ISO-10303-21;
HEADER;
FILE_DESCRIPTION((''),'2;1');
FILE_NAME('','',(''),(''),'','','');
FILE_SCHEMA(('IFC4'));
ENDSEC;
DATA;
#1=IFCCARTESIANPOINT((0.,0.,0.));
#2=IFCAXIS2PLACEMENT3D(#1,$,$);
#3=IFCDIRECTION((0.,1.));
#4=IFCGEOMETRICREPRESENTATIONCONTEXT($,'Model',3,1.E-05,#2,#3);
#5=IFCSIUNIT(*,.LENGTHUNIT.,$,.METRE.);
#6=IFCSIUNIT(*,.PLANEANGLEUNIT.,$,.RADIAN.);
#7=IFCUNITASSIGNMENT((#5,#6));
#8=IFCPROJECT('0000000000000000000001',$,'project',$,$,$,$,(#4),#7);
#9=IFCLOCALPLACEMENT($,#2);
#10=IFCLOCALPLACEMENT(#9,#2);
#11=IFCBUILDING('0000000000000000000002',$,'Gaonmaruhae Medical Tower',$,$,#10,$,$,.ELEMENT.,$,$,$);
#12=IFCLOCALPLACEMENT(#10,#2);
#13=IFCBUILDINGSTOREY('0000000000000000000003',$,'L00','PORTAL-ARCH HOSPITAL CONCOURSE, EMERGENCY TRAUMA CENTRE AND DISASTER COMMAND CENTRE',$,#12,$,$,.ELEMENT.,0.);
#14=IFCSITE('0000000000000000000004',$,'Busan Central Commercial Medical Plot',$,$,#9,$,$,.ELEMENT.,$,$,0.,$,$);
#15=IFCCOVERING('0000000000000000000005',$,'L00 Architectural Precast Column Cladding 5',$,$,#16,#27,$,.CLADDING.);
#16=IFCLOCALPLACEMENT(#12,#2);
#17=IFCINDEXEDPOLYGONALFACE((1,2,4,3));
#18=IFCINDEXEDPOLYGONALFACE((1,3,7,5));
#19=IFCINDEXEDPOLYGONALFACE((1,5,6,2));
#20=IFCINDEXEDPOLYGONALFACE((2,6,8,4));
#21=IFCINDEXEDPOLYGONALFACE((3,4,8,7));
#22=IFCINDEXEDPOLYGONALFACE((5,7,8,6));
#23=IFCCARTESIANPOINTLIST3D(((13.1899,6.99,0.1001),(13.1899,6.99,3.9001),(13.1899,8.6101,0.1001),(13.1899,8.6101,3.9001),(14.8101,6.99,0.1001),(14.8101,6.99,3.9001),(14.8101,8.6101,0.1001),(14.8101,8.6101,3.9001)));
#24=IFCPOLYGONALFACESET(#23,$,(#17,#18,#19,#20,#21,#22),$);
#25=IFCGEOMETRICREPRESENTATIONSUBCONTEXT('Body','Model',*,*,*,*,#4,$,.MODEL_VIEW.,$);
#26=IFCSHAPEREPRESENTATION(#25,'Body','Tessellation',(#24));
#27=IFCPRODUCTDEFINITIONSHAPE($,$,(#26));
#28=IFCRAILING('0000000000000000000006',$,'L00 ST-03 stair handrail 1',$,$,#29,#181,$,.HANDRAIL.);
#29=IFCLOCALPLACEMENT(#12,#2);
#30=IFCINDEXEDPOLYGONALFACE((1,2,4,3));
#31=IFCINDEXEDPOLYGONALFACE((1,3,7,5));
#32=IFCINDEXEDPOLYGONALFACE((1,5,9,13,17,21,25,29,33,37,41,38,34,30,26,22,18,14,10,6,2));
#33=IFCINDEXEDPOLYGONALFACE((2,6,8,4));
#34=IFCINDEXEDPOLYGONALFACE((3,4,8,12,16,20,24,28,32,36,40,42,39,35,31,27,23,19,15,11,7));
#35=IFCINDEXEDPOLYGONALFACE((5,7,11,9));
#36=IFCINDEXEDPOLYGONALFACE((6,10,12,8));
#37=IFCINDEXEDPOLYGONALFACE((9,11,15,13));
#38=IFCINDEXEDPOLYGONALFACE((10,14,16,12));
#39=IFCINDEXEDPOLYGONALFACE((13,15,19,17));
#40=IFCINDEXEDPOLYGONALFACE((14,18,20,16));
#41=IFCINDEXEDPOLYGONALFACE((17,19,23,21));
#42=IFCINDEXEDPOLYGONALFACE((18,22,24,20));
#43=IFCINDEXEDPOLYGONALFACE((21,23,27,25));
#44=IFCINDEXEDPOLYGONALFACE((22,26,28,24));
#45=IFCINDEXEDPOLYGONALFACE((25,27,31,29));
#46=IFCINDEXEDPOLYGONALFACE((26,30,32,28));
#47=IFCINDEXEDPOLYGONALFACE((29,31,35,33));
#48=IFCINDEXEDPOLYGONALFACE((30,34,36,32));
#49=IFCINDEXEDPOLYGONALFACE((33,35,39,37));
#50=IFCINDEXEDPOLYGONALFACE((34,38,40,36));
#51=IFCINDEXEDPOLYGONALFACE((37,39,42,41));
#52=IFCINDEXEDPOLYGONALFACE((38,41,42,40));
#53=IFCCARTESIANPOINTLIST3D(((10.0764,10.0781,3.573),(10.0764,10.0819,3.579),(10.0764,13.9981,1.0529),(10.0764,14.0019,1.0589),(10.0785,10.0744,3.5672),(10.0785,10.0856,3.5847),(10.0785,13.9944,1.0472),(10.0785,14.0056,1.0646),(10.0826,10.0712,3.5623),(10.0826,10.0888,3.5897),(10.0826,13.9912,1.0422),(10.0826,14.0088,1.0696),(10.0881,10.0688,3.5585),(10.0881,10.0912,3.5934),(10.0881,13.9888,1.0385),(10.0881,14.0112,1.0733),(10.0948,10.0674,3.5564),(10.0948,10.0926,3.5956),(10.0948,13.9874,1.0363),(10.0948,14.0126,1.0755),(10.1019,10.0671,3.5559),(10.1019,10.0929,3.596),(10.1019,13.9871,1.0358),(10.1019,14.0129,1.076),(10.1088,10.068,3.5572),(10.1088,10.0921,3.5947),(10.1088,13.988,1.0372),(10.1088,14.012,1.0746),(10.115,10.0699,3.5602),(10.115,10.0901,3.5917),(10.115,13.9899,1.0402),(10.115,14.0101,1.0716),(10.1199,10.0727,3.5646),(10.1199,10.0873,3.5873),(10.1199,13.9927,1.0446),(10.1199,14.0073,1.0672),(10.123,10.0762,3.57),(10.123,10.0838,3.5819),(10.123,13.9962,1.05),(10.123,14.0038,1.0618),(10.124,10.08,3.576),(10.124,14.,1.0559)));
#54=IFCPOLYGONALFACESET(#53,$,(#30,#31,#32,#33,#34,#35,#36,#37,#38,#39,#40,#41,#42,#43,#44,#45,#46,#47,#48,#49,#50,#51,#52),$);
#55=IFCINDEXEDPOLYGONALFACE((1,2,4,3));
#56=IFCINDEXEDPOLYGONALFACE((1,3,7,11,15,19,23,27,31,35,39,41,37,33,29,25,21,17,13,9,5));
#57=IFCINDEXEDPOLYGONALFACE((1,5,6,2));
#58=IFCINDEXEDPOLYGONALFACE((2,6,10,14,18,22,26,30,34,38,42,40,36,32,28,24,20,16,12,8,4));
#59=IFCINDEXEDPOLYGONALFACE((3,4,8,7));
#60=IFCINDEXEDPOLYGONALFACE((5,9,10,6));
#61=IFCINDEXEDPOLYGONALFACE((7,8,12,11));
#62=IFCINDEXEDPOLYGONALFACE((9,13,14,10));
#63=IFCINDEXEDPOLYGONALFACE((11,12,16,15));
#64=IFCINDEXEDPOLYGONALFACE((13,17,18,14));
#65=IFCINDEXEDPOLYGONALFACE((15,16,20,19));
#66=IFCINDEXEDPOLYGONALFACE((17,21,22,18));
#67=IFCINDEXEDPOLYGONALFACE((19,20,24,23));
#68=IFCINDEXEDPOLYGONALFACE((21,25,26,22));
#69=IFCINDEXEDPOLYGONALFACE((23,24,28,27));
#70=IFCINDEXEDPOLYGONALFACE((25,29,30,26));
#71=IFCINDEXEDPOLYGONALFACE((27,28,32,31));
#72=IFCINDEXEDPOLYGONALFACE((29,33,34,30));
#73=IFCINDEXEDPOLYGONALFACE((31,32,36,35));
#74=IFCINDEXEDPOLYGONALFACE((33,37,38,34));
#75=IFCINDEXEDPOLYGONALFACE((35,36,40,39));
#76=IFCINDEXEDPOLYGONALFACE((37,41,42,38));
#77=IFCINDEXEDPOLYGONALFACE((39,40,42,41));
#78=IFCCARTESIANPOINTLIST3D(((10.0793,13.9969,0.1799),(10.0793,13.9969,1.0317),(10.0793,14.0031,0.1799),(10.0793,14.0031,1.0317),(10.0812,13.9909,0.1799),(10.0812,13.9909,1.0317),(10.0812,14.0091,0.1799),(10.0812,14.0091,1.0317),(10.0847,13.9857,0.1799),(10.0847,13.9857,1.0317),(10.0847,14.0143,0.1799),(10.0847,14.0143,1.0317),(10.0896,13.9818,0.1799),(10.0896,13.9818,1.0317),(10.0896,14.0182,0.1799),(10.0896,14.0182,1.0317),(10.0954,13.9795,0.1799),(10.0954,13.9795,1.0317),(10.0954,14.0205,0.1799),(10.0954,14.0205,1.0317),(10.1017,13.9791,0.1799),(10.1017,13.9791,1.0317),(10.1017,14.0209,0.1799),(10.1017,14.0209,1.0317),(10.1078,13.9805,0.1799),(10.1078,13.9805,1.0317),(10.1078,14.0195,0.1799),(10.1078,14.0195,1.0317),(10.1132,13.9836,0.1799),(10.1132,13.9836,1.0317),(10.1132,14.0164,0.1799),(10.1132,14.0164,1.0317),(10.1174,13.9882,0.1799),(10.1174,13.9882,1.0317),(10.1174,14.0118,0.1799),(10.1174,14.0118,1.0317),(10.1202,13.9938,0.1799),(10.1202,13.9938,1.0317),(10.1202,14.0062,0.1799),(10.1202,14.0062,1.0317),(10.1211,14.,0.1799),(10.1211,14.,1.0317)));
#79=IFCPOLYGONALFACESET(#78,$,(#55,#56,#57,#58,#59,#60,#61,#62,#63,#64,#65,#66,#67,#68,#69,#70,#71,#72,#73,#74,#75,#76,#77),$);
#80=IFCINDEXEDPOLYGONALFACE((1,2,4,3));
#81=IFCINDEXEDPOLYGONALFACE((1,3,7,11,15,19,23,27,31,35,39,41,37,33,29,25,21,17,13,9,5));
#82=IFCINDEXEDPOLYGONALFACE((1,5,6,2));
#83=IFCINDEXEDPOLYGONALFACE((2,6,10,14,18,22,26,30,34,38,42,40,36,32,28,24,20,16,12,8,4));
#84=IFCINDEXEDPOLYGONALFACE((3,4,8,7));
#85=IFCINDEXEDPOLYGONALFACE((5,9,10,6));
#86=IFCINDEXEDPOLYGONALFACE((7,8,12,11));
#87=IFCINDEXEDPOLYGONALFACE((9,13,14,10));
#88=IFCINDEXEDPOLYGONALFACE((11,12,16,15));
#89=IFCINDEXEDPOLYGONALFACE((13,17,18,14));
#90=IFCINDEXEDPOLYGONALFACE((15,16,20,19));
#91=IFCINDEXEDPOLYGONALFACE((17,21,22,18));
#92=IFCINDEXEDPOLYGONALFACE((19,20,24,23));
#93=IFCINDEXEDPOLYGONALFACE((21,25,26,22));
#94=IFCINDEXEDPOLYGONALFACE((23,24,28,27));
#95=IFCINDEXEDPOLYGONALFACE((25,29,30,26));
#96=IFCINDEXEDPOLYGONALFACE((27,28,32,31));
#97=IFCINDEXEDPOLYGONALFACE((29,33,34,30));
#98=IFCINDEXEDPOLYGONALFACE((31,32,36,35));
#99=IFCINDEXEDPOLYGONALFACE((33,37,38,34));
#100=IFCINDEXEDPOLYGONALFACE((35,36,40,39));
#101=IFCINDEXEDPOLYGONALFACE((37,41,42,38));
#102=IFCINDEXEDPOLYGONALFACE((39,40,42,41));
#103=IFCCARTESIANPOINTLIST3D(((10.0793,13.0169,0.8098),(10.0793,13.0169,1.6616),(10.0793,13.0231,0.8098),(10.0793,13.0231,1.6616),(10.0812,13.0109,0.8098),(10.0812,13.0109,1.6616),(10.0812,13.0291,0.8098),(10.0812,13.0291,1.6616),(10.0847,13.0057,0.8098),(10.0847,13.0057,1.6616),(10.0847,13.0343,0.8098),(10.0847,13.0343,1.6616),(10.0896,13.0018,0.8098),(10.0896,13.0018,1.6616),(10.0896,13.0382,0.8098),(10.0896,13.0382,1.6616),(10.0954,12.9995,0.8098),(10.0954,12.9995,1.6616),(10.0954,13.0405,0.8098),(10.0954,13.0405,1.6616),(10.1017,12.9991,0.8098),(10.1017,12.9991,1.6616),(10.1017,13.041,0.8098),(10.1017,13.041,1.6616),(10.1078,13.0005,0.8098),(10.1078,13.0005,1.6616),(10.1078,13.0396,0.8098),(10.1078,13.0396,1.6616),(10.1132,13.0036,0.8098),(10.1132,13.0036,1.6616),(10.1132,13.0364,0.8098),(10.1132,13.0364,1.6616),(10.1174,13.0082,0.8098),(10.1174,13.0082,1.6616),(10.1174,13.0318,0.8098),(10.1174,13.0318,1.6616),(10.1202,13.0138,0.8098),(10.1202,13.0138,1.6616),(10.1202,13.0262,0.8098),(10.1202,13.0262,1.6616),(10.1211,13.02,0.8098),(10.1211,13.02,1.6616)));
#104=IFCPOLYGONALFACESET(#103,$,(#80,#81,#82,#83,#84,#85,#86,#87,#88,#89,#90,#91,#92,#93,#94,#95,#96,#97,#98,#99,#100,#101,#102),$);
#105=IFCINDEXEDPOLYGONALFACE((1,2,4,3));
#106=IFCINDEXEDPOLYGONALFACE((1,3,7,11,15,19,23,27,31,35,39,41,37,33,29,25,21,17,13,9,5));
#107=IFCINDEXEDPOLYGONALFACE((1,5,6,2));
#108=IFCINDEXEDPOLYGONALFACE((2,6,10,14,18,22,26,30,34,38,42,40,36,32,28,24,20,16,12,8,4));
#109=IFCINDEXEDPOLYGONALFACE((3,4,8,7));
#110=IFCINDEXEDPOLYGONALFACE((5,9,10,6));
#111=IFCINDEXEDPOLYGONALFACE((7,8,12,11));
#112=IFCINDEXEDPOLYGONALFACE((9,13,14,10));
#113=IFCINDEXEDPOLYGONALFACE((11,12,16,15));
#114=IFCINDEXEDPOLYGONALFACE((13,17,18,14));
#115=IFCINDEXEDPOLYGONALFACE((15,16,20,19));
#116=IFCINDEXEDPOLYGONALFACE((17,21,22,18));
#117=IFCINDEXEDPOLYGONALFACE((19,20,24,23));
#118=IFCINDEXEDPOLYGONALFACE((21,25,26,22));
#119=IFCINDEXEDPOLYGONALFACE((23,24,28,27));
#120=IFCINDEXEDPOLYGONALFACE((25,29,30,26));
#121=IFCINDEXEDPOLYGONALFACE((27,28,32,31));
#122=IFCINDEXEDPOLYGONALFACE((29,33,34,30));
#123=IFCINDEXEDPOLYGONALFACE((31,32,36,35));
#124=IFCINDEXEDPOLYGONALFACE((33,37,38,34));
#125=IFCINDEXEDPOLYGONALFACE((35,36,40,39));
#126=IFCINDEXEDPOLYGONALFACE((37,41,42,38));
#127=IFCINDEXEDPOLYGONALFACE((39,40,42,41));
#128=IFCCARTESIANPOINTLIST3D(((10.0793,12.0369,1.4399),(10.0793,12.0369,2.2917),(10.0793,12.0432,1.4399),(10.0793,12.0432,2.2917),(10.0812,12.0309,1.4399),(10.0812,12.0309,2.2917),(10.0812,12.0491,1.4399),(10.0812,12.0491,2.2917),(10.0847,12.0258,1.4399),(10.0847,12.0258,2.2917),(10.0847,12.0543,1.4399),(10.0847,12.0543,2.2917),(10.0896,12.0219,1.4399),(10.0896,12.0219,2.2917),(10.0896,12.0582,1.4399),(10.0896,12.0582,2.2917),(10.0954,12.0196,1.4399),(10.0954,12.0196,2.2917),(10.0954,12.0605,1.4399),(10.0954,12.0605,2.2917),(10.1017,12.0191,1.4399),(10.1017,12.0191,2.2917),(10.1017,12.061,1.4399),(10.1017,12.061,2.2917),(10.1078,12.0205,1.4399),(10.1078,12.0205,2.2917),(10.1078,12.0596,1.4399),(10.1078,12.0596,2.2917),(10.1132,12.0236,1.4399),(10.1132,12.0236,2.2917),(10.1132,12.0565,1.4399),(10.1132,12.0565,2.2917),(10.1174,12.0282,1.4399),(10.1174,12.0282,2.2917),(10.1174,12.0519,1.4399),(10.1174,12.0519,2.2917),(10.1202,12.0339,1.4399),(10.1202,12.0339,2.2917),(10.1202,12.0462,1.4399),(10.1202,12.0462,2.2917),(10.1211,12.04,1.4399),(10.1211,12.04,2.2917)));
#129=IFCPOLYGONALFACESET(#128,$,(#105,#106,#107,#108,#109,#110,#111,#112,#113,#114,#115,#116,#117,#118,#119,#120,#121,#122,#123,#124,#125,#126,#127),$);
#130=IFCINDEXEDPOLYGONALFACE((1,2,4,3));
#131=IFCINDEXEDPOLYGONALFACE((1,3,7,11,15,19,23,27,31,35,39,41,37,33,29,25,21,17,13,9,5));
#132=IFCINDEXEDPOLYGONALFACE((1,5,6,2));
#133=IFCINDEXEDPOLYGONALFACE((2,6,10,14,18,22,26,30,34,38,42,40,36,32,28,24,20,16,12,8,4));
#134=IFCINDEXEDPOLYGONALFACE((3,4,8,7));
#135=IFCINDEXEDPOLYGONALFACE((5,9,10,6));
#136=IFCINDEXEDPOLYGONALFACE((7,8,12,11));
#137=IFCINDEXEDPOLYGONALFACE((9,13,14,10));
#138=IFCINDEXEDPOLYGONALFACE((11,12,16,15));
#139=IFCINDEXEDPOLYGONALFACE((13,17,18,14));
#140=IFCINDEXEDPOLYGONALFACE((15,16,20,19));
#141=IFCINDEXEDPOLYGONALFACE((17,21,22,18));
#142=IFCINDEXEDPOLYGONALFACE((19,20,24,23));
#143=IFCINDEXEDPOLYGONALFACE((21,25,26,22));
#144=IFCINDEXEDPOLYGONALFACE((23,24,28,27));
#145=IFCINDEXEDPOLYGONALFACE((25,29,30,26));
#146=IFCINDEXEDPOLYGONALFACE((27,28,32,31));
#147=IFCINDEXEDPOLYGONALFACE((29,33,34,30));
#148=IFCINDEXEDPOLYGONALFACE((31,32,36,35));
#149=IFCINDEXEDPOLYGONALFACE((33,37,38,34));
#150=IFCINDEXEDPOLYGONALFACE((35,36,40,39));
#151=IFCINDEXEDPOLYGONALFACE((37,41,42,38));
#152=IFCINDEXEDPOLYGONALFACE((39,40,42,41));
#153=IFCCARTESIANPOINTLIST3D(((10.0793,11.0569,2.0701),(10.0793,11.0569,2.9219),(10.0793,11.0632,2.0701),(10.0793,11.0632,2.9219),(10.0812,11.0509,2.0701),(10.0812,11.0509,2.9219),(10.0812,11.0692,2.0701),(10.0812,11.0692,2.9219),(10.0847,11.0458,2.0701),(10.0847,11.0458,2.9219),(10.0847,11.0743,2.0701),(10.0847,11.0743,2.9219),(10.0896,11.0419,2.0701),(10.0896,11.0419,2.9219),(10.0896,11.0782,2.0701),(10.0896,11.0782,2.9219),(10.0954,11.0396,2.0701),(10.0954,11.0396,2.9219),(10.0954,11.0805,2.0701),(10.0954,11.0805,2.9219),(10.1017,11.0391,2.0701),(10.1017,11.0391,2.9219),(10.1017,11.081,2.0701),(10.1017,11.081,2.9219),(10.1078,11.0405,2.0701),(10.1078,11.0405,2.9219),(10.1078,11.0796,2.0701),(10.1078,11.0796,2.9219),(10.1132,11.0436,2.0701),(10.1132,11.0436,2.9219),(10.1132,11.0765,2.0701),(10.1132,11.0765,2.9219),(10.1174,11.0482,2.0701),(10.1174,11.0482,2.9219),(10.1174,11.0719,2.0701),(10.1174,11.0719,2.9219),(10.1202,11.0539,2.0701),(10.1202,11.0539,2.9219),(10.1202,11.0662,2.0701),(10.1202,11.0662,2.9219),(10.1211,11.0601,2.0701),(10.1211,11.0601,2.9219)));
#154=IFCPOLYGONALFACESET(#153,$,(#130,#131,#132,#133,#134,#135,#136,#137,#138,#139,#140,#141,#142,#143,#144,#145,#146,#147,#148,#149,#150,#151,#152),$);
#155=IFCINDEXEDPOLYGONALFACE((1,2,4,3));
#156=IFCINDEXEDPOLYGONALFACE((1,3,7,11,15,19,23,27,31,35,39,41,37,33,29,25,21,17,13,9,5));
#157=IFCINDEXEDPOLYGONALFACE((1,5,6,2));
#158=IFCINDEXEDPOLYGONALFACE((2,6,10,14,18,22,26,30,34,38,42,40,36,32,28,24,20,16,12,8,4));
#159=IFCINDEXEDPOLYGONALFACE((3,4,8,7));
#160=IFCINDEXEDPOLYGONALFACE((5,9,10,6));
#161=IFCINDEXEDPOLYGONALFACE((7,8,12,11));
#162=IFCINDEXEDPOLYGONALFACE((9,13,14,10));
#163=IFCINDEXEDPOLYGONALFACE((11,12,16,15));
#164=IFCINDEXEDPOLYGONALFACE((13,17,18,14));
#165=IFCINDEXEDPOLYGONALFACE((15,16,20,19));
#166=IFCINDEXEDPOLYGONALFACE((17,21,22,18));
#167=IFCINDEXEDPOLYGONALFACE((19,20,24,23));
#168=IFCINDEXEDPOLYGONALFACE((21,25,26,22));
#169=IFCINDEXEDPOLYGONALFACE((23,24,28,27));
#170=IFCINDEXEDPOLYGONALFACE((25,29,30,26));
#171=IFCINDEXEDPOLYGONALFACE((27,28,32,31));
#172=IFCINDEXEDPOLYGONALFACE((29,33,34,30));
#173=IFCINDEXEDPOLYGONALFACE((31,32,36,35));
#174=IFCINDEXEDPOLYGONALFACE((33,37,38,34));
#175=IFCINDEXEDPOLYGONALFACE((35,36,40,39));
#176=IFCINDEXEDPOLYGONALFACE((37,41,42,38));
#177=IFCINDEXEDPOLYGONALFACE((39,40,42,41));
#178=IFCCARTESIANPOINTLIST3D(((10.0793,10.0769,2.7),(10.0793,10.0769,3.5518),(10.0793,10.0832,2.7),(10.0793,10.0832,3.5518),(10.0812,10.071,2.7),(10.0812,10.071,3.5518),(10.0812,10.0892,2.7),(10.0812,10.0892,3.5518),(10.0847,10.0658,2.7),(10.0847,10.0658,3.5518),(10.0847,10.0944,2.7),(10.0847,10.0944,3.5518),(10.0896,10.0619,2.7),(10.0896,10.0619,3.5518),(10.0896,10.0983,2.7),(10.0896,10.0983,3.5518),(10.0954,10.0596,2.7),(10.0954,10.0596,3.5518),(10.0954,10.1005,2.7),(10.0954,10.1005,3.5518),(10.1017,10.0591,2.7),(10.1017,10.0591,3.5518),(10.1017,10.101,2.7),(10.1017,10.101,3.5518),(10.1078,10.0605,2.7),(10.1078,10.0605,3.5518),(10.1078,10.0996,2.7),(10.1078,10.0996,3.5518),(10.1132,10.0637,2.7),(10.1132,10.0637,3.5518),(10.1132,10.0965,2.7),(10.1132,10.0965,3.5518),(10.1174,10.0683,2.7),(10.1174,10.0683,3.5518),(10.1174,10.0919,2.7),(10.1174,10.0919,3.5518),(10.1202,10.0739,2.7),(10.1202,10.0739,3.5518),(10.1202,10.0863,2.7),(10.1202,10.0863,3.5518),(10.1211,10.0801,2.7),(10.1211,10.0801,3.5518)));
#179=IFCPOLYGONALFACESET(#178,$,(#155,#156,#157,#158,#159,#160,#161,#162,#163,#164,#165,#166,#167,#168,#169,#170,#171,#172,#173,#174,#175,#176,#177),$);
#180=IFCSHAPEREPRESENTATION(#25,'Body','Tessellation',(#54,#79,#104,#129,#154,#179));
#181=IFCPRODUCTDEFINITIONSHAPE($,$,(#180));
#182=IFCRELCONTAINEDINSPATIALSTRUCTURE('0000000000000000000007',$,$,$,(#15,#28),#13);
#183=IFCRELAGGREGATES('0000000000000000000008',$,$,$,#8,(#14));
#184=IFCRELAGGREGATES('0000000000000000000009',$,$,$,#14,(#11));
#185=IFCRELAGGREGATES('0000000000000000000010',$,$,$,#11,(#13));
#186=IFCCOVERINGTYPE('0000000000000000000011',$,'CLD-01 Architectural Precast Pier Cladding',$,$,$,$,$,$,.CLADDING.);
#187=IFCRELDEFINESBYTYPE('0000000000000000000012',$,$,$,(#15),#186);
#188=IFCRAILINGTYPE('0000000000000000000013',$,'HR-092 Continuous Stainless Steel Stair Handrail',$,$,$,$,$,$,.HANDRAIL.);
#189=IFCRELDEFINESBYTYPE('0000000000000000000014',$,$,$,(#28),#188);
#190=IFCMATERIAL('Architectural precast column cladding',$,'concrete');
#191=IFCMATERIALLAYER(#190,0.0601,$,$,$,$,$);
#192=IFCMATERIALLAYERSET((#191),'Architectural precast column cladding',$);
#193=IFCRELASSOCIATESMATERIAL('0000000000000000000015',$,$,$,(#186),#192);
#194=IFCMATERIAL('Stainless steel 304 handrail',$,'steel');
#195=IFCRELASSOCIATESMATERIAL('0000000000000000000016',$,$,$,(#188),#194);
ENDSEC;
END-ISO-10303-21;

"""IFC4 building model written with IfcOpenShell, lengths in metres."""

from ifc_helpers import new_model, si_unit, direction, frame, origin, origin_2d, place, context, subcontext, project, spatial, rectangle, circle, extrude, material, layer, layer_set, type_object, element, save


model = new_model("IFC4")

# Units and contexts
model_context = context("Model", 3, precision=1e-05, world=origin(), true_north=direction((0.0, 1.0)))
body_context = subcontext(model_context, "Body", "Model", "MODEL_VIEW")
ifc_project = project(units=[si_unit("LENGTHUNIT", "METRE"), si_unit("PLANEANGLEUNIT", "RADIAN")], contexts=[model_context])

# Site, building, storey
site_placement = place(None, origin())
site = spatial("IfcSite", under=ifc_project, at=site_placement, Name="Busan Central Commercial Medical Plot", CompositionType="ELEMENT", RefElevation=0.0)
building_placement = place(site_placement, origin())
building = spatial("IfcBuilding", under=site, at=building_placement, Name="Gaonmaruhae Medical Tower", CompositionType="ELEMENT")
storey_placement = place(building_placement, origin())
storey = spatial("IfcBuildingStorey", under=building, at=storey_placement, Name="L00", Description="PORTAL-ARCH HOSPITAL CONCOURSE, EMERGENCY TRAUMA CENTRE AND DISASTER COMMAND CENTRE", CompositionType="ELEMENT", Elevation=0.0)

# Covering
ifc_material_1 = material(Name="Architectural precast column cladding", Category="concrete")
ifc_layer_1 = layer(ifc_material_1, 0.0601)
ifc_layer_set_1 = layer_set([ifc_layer_1], Name="Architectural precast column cladding")
covering_type = type_object("IfcCoveringType", Name="CLD-01 Architectural Precast Pier Cladding", PredefinedType="CLADDING", material=ifc_layer_set_1)
covering_placement = place(storey_placement, frame((14.0, 7.8, 0.1001), z_axis=(0.0, 0.0, 1.0), x_axis=(1.0, 0.0, 0.0)))
element("IfcCovering", 1, at=covering_placement, inside=storey, type_object=covering_type, Name="L00 Architectural Precast Column Cladding 5", PredefinedType="CLADDING", context=body_context, shape_type="SweptSolid", body=[
    extrude(rectangle(XDim=1.6201, YDim=1.6201, at=origin_2d()), origin(), (0.0, 0.0, 1.0), 3.8),
])

# Railing
ifc_material_2 = material(Name="Stainless steel 304 handrail", Category="steel")
railing_type_1 = type_object("IfcRailingType", Name="HR-092 Continuous Stainless Steel Stair Handrail", PredefinedType="HANDRAIL", material=ifc_material_2)
railing_1_placement = place(storey_placement, frame((10.1001, 14.0, 0.1799)))
element("IfcRailing", 2, at=railing_1_placement, inside=storey, type_object=railing_type_1, Name="L00 ST-03 stair handrail 1", PredefinedType="HANDRAIL", context=body_context, shape_type="SweptSolid", body=[
    extrude(circle(Radius=0.0239, at=origin_2d()), frame((0.0, 0.0, 0.876), z_axis=(0.0, -0.841172, 0.540768), x_axis=(1.0, 0.0, 0.0)), (0.0, 0.0, 1.0), 4.6602),
    extrude(circle(Radius=0.021, at=origin_2d()), origin(), (0.0, 0.0, 1.0), 0.8518),
    extrude(circle(Radius=0.021, at=origin_2d()), frame((0.0, -0.98, 0.6299)), (0.0, 0.0, 1.0), 0.8518),
    extrude(circle(Radius=0.021, at=origin_2d()), frame((0.0, -1.96, 1.26)), (0.0, 0.0, 1.0), 0.8518),
    extrude(circle(Radius=0.021, at=origin_2d()), frame((0.0, -2.9399, 1.8901)), (0.0, 0.0, 1.0), 0.8518),
    extrude(circle(Radius=0.021, at=origin_2d()), frame((0.0, -3.9199, 2.52)), (0.0, 0.0, 1.0), 0.8518),
])

save(model, "model.ifc")
